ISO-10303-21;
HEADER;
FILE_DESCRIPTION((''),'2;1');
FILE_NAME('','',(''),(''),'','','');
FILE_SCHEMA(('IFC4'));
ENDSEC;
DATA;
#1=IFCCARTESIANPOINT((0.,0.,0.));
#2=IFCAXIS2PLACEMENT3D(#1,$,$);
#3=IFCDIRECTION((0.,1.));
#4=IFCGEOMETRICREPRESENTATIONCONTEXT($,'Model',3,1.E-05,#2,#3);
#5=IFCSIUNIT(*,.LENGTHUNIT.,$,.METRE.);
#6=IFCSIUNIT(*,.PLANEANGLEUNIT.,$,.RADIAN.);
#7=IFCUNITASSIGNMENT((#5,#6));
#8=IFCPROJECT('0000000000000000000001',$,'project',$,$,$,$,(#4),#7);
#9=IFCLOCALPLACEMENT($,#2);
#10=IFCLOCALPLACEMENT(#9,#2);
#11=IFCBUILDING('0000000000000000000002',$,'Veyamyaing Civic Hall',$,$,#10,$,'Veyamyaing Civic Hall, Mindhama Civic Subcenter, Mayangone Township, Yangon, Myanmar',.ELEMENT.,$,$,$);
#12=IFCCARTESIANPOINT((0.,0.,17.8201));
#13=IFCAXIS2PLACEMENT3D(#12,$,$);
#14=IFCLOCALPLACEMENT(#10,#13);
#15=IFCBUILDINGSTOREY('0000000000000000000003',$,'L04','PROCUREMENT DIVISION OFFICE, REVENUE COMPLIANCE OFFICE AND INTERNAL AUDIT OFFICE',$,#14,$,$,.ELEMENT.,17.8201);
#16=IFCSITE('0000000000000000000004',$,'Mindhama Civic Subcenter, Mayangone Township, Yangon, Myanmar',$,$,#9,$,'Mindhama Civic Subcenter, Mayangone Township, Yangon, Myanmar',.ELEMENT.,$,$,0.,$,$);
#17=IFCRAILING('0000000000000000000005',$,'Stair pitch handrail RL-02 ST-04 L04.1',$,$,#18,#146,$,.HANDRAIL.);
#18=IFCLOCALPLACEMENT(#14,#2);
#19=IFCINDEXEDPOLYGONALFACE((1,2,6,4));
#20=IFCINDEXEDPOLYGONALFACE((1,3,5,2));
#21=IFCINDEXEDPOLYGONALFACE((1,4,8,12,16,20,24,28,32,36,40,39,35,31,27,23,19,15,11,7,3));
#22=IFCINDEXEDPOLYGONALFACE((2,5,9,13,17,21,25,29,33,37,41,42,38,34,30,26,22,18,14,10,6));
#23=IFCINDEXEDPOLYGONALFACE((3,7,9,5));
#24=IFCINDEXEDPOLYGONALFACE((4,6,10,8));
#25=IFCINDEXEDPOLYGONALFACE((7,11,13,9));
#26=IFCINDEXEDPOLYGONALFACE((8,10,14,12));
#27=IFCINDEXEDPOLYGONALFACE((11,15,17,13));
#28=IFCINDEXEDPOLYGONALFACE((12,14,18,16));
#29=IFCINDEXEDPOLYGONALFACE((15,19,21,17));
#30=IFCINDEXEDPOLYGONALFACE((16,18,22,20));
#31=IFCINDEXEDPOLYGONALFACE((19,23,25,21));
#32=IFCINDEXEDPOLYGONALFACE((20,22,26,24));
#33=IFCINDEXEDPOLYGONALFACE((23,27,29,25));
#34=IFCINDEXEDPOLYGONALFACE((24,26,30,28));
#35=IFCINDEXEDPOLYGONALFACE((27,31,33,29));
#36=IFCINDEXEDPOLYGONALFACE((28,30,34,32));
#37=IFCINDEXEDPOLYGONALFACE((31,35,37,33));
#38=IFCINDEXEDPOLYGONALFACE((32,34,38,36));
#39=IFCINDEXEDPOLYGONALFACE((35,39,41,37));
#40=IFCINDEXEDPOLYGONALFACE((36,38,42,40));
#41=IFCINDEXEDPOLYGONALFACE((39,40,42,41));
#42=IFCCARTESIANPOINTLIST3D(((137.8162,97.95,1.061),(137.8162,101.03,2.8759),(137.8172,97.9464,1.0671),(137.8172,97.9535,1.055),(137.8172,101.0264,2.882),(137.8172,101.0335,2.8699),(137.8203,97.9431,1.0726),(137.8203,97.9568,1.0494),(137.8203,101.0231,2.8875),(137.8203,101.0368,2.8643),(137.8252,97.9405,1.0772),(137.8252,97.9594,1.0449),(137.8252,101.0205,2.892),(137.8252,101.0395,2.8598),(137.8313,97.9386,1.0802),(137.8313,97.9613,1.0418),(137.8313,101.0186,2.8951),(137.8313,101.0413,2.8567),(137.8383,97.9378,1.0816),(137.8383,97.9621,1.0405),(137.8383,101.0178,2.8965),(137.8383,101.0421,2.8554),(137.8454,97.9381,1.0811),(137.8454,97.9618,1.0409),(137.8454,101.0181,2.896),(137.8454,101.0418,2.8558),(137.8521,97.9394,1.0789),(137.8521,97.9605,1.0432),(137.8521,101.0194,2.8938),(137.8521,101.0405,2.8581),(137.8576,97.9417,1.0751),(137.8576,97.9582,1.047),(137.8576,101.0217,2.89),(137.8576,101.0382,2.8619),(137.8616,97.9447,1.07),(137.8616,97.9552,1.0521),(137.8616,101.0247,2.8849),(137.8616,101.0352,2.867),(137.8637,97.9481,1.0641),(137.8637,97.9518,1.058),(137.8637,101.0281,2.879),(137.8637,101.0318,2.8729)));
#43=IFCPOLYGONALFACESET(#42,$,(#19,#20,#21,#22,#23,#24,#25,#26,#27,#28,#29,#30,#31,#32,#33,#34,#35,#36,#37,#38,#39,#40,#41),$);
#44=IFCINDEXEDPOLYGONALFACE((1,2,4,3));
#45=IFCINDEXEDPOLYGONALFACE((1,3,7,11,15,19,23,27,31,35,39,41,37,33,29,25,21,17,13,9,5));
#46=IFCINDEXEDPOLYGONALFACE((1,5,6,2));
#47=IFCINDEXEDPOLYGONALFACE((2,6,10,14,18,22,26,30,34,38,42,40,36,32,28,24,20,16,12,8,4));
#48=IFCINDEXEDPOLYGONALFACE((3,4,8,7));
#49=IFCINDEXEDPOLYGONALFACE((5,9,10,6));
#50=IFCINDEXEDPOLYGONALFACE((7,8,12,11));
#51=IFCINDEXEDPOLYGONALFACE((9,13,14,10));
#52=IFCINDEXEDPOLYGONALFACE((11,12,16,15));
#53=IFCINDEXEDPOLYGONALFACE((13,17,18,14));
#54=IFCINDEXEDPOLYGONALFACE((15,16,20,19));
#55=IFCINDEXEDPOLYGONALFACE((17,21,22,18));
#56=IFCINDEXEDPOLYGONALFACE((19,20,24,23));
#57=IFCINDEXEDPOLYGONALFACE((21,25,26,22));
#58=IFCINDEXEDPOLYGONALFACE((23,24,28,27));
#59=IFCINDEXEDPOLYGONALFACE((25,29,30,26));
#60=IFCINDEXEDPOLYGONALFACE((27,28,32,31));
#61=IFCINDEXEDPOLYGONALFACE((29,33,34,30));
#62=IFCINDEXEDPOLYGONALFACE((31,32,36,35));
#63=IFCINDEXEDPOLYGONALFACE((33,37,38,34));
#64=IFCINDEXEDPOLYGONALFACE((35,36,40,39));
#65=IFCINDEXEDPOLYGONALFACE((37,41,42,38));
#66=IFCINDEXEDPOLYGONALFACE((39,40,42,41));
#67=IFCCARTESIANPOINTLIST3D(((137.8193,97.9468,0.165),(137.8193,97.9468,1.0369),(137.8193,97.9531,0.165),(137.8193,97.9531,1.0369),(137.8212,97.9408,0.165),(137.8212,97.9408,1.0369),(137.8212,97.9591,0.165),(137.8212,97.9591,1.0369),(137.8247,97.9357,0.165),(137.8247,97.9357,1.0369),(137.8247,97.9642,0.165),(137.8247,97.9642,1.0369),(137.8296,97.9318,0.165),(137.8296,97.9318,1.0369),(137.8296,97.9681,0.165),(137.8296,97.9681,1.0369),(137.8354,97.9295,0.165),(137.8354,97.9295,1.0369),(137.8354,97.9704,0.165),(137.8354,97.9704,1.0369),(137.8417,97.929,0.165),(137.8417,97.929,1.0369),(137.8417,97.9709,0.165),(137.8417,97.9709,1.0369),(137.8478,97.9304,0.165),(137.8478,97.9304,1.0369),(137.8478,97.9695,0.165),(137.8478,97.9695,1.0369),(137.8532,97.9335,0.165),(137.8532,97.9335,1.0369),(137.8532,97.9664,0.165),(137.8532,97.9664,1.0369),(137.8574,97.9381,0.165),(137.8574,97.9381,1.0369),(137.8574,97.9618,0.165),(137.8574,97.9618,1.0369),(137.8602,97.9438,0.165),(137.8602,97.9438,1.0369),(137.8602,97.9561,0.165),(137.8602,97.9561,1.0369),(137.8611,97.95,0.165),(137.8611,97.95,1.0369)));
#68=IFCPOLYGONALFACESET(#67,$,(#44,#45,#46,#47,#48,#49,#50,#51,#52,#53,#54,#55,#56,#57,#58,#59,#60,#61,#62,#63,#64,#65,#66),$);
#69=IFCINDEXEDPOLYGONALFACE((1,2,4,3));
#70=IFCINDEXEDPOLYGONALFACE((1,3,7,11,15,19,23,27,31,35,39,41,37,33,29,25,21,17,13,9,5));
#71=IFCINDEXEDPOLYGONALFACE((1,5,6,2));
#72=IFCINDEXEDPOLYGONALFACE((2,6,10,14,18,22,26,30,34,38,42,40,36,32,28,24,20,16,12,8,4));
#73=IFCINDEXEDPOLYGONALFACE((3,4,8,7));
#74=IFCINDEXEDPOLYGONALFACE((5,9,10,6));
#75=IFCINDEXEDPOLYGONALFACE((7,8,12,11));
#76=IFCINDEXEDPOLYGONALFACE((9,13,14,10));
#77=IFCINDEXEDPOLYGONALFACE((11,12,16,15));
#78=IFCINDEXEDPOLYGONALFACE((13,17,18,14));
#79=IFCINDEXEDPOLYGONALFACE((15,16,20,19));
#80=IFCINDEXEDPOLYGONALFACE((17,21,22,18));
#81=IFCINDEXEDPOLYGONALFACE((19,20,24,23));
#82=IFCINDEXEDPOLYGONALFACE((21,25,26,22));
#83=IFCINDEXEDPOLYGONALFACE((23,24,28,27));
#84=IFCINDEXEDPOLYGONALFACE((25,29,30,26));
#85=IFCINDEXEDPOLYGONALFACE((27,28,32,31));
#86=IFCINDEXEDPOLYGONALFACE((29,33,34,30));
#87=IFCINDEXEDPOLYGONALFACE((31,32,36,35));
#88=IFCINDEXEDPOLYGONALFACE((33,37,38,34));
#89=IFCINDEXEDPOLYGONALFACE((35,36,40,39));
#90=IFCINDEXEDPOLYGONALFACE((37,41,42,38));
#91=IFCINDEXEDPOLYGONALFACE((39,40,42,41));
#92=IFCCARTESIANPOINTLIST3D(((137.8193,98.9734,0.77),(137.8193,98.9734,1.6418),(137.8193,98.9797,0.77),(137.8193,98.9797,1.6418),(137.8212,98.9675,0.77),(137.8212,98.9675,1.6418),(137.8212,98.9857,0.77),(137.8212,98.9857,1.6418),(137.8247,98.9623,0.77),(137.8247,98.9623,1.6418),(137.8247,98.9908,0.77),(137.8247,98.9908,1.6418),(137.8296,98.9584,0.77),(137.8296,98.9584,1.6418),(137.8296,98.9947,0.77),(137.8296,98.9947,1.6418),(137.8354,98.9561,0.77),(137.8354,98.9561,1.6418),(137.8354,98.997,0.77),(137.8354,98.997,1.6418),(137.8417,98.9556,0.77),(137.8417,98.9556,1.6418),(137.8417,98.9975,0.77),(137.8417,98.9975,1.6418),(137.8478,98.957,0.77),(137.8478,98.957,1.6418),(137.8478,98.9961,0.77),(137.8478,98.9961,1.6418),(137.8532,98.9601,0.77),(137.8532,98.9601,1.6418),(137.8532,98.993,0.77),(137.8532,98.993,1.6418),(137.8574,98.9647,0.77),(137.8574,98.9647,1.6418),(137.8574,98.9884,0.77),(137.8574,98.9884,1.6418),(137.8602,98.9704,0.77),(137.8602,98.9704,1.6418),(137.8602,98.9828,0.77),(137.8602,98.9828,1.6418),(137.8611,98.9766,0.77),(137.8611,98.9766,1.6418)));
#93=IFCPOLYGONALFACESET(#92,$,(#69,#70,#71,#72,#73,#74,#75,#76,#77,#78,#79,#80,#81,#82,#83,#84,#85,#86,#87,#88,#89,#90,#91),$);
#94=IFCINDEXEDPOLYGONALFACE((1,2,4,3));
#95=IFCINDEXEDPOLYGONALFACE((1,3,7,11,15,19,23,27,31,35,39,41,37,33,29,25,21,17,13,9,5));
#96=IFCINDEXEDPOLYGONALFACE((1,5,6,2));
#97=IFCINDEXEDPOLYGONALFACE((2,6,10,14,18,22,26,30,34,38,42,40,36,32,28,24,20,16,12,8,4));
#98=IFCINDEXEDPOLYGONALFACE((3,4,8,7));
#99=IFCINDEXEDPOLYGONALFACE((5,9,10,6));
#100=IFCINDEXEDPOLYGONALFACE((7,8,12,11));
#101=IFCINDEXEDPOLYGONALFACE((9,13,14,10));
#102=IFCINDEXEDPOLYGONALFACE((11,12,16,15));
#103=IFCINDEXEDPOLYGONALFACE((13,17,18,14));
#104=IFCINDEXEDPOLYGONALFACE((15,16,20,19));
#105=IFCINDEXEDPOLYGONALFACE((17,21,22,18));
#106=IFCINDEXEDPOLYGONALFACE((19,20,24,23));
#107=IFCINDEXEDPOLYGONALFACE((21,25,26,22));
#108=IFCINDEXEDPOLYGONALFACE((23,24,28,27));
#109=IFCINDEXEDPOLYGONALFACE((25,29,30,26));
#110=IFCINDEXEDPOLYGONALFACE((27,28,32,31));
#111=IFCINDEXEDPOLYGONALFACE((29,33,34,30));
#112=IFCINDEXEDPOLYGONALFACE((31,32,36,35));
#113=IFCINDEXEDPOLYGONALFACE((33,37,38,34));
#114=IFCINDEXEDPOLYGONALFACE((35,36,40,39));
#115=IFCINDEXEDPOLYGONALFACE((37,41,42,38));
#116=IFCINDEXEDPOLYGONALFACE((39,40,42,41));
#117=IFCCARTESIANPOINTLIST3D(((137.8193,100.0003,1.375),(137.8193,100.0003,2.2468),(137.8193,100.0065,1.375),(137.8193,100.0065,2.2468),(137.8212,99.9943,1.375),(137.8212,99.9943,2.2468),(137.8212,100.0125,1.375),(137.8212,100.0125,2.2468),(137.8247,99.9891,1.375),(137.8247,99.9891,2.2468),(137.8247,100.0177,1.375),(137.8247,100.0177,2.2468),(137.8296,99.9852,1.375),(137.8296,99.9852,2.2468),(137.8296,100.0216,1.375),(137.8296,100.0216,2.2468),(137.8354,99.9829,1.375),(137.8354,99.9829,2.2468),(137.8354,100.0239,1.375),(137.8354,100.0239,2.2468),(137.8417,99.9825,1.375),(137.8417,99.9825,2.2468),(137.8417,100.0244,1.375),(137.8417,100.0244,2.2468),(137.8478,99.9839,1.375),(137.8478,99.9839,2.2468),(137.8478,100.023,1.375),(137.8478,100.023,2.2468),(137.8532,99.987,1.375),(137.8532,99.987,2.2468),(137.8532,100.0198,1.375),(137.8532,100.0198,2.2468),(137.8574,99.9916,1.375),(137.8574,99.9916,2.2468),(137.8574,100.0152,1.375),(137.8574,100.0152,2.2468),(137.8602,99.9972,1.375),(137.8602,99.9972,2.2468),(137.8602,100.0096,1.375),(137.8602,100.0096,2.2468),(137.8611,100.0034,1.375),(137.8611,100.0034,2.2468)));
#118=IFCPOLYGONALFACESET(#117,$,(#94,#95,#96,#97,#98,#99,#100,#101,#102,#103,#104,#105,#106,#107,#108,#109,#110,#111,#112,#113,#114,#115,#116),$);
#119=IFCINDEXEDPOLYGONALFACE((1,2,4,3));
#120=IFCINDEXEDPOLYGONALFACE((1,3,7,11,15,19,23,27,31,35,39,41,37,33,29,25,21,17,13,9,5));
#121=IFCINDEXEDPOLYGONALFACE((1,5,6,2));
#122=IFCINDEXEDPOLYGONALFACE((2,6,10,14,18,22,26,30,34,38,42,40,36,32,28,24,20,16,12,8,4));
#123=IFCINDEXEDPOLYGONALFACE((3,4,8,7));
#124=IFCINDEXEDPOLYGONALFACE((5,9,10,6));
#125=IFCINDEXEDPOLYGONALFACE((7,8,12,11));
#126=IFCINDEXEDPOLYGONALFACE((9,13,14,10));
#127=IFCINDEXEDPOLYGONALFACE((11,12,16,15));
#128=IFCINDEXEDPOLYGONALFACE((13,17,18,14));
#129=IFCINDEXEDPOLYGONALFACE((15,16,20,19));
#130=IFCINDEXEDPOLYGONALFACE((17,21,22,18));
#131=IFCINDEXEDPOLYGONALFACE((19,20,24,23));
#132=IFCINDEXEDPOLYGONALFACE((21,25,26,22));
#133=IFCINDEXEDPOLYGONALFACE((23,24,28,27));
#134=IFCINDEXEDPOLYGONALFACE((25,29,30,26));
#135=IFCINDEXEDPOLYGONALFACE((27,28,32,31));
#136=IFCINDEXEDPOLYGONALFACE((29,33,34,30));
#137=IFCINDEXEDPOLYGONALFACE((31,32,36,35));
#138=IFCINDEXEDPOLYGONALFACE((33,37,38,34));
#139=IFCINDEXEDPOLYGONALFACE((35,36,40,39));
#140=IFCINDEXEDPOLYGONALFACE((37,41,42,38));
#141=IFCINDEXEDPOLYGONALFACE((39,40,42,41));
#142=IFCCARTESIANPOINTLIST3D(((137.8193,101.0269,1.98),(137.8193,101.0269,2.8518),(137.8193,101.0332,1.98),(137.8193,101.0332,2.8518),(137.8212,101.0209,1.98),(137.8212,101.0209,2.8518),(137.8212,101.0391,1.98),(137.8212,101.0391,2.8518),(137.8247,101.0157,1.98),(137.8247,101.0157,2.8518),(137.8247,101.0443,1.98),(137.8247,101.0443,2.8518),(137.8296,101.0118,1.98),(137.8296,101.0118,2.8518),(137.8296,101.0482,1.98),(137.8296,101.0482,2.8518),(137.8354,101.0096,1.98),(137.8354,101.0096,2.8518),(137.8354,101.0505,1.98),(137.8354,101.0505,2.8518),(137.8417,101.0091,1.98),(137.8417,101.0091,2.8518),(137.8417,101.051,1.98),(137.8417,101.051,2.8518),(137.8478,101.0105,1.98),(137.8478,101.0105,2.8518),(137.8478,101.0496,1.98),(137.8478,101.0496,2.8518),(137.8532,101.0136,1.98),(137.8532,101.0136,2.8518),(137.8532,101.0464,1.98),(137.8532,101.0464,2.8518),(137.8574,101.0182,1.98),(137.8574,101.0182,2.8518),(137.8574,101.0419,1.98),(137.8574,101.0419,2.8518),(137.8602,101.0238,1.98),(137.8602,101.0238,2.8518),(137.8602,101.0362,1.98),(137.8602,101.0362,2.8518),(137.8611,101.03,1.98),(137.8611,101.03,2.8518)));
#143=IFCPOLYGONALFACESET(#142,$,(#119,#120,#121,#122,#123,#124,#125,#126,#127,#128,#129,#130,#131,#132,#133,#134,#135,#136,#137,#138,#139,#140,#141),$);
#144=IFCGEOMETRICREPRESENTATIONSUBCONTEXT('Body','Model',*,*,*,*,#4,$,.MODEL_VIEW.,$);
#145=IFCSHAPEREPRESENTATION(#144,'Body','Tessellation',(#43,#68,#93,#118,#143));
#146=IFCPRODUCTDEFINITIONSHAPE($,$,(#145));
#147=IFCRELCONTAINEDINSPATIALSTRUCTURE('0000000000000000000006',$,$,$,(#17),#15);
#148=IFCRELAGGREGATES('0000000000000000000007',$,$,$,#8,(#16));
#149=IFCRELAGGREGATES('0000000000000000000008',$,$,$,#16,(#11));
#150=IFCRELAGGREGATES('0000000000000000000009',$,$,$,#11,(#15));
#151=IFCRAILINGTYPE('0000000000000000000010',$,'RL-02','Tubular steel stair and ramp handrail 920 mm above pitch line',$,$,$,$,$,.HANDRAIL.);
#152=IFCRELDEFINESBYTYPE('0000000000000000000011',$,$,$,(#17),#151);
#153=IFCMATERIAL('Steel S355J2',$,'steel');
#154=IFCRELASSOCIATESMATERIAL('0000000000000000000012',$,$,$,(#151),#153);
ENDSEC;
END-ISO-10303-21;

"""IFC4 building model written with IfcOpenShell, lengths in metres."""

from ifc_helpers import new_model, si_unit, direction, frame, origin, origin_2d, place, context, subcontext, project, spatial, circle, extrude, material, type_object, element, save


model = new_model("IFC4")

# Units and contexts
model_context = context("Model", 3, precision=1e-05, world=origin(), true_north=direction((0.0, 1.0)))
body_context = subcontext(model_context, "Body", "Model", "MODEL_VIEW")
ifc_project = project(units=[si_unit("LENGTHUNIT", "METRE"), si_unit("PLANEANGLEUNIT", "RADIAN")], contexts=[model_context])

# Site, building, storey
site_placement = place(None, origin())
site = spatial("IfcSite", under=ifc_project, at=site_placement, Name="Mindhama Civic Subcenter, Mayangone Township, Yangon, Myanmar", LongName="Mindhama Civic Subcenter, Mayangone Township, Yangon, Myanmar", CompositionType="ELEMENT", RefElevation=0.0)
building_placement = place(site_placement, origin())
building = spatial("IfcBuilding", under=site, at=building_placement, Name="Veyamyaing Civic Hall", LongName="Veyamyaing Civic Hall, Mindhama Civic Subcenter, Mayangone Township, Yangon, Myanmar", CompositionType="ELEMENT")
storey_placement = place(building_placement, frame((0.0, 0.0, 17.8201)))
storey = spatial("IfcBuildingStorey", under=building, at=storey_placement, Name="L04", Description="PROCUREMENT DIVISION OFFICE, REVENUE COMPLIANCE OFFICE AND INTERNAL AUDIT OFFICE", CompositionType="ELEMENT", Elevation=17.8201)

# Railing
ifc_material_1 = material(Name="Steel S355J2", Category="steel")
railing_type_1 = type_object("IfcRailingType", Name="RL-02", Description="Tubular steel stair and ramp handrail 920 mm above pitch line", PredefinedType="HANDRAIL", material=ifc_material_1)
railing_1_placement = place(storey_placement, frame((137.8401, 97.95, 0.165)))
element("IfcRailing", 1, at=railing_1_placement, inside=storey, type_object=railing_type_1, Name="Stair pitch handrail RL-02 ST-04 L04.1", PredefinedType="HANDRAIL", context=body_context, shape_type="SweptSolid", body=[
    extrude(circle(Radius=0.0239, at=origin_2d()), frame((0.0, 0.0, 0.896), z_axis=(0.0, 0.861551, 0.507671), x_axis=(-1.0, 0.0, 0.0)), (0.0, 0.0, 1.0), 3.575),
    extrude(circle(Radius=0.021, at=origin_2d()), origin(), (0.0, 0.0, 1.0), 0.8718),
    extrude(circle(Radius=0.021, at=origin_2d()), frame((0.0, 1.0266, 0.605)), (0.0, 0.0, 1.0), 0.8718),
    extrude(circle(Radius=0.021, at=origin_2d()), frame((0.0, 2.0535, 1.21)), (0.0, 0.0, 1.0), 0.8718),
    extrude(circle(Radius=0.021, at=origin_2d()), frame((0.0, 3.0801, 1.8149)), (0.0, 0.0, 1.0), 0.8718),
])

save(model, "model.ifc")
